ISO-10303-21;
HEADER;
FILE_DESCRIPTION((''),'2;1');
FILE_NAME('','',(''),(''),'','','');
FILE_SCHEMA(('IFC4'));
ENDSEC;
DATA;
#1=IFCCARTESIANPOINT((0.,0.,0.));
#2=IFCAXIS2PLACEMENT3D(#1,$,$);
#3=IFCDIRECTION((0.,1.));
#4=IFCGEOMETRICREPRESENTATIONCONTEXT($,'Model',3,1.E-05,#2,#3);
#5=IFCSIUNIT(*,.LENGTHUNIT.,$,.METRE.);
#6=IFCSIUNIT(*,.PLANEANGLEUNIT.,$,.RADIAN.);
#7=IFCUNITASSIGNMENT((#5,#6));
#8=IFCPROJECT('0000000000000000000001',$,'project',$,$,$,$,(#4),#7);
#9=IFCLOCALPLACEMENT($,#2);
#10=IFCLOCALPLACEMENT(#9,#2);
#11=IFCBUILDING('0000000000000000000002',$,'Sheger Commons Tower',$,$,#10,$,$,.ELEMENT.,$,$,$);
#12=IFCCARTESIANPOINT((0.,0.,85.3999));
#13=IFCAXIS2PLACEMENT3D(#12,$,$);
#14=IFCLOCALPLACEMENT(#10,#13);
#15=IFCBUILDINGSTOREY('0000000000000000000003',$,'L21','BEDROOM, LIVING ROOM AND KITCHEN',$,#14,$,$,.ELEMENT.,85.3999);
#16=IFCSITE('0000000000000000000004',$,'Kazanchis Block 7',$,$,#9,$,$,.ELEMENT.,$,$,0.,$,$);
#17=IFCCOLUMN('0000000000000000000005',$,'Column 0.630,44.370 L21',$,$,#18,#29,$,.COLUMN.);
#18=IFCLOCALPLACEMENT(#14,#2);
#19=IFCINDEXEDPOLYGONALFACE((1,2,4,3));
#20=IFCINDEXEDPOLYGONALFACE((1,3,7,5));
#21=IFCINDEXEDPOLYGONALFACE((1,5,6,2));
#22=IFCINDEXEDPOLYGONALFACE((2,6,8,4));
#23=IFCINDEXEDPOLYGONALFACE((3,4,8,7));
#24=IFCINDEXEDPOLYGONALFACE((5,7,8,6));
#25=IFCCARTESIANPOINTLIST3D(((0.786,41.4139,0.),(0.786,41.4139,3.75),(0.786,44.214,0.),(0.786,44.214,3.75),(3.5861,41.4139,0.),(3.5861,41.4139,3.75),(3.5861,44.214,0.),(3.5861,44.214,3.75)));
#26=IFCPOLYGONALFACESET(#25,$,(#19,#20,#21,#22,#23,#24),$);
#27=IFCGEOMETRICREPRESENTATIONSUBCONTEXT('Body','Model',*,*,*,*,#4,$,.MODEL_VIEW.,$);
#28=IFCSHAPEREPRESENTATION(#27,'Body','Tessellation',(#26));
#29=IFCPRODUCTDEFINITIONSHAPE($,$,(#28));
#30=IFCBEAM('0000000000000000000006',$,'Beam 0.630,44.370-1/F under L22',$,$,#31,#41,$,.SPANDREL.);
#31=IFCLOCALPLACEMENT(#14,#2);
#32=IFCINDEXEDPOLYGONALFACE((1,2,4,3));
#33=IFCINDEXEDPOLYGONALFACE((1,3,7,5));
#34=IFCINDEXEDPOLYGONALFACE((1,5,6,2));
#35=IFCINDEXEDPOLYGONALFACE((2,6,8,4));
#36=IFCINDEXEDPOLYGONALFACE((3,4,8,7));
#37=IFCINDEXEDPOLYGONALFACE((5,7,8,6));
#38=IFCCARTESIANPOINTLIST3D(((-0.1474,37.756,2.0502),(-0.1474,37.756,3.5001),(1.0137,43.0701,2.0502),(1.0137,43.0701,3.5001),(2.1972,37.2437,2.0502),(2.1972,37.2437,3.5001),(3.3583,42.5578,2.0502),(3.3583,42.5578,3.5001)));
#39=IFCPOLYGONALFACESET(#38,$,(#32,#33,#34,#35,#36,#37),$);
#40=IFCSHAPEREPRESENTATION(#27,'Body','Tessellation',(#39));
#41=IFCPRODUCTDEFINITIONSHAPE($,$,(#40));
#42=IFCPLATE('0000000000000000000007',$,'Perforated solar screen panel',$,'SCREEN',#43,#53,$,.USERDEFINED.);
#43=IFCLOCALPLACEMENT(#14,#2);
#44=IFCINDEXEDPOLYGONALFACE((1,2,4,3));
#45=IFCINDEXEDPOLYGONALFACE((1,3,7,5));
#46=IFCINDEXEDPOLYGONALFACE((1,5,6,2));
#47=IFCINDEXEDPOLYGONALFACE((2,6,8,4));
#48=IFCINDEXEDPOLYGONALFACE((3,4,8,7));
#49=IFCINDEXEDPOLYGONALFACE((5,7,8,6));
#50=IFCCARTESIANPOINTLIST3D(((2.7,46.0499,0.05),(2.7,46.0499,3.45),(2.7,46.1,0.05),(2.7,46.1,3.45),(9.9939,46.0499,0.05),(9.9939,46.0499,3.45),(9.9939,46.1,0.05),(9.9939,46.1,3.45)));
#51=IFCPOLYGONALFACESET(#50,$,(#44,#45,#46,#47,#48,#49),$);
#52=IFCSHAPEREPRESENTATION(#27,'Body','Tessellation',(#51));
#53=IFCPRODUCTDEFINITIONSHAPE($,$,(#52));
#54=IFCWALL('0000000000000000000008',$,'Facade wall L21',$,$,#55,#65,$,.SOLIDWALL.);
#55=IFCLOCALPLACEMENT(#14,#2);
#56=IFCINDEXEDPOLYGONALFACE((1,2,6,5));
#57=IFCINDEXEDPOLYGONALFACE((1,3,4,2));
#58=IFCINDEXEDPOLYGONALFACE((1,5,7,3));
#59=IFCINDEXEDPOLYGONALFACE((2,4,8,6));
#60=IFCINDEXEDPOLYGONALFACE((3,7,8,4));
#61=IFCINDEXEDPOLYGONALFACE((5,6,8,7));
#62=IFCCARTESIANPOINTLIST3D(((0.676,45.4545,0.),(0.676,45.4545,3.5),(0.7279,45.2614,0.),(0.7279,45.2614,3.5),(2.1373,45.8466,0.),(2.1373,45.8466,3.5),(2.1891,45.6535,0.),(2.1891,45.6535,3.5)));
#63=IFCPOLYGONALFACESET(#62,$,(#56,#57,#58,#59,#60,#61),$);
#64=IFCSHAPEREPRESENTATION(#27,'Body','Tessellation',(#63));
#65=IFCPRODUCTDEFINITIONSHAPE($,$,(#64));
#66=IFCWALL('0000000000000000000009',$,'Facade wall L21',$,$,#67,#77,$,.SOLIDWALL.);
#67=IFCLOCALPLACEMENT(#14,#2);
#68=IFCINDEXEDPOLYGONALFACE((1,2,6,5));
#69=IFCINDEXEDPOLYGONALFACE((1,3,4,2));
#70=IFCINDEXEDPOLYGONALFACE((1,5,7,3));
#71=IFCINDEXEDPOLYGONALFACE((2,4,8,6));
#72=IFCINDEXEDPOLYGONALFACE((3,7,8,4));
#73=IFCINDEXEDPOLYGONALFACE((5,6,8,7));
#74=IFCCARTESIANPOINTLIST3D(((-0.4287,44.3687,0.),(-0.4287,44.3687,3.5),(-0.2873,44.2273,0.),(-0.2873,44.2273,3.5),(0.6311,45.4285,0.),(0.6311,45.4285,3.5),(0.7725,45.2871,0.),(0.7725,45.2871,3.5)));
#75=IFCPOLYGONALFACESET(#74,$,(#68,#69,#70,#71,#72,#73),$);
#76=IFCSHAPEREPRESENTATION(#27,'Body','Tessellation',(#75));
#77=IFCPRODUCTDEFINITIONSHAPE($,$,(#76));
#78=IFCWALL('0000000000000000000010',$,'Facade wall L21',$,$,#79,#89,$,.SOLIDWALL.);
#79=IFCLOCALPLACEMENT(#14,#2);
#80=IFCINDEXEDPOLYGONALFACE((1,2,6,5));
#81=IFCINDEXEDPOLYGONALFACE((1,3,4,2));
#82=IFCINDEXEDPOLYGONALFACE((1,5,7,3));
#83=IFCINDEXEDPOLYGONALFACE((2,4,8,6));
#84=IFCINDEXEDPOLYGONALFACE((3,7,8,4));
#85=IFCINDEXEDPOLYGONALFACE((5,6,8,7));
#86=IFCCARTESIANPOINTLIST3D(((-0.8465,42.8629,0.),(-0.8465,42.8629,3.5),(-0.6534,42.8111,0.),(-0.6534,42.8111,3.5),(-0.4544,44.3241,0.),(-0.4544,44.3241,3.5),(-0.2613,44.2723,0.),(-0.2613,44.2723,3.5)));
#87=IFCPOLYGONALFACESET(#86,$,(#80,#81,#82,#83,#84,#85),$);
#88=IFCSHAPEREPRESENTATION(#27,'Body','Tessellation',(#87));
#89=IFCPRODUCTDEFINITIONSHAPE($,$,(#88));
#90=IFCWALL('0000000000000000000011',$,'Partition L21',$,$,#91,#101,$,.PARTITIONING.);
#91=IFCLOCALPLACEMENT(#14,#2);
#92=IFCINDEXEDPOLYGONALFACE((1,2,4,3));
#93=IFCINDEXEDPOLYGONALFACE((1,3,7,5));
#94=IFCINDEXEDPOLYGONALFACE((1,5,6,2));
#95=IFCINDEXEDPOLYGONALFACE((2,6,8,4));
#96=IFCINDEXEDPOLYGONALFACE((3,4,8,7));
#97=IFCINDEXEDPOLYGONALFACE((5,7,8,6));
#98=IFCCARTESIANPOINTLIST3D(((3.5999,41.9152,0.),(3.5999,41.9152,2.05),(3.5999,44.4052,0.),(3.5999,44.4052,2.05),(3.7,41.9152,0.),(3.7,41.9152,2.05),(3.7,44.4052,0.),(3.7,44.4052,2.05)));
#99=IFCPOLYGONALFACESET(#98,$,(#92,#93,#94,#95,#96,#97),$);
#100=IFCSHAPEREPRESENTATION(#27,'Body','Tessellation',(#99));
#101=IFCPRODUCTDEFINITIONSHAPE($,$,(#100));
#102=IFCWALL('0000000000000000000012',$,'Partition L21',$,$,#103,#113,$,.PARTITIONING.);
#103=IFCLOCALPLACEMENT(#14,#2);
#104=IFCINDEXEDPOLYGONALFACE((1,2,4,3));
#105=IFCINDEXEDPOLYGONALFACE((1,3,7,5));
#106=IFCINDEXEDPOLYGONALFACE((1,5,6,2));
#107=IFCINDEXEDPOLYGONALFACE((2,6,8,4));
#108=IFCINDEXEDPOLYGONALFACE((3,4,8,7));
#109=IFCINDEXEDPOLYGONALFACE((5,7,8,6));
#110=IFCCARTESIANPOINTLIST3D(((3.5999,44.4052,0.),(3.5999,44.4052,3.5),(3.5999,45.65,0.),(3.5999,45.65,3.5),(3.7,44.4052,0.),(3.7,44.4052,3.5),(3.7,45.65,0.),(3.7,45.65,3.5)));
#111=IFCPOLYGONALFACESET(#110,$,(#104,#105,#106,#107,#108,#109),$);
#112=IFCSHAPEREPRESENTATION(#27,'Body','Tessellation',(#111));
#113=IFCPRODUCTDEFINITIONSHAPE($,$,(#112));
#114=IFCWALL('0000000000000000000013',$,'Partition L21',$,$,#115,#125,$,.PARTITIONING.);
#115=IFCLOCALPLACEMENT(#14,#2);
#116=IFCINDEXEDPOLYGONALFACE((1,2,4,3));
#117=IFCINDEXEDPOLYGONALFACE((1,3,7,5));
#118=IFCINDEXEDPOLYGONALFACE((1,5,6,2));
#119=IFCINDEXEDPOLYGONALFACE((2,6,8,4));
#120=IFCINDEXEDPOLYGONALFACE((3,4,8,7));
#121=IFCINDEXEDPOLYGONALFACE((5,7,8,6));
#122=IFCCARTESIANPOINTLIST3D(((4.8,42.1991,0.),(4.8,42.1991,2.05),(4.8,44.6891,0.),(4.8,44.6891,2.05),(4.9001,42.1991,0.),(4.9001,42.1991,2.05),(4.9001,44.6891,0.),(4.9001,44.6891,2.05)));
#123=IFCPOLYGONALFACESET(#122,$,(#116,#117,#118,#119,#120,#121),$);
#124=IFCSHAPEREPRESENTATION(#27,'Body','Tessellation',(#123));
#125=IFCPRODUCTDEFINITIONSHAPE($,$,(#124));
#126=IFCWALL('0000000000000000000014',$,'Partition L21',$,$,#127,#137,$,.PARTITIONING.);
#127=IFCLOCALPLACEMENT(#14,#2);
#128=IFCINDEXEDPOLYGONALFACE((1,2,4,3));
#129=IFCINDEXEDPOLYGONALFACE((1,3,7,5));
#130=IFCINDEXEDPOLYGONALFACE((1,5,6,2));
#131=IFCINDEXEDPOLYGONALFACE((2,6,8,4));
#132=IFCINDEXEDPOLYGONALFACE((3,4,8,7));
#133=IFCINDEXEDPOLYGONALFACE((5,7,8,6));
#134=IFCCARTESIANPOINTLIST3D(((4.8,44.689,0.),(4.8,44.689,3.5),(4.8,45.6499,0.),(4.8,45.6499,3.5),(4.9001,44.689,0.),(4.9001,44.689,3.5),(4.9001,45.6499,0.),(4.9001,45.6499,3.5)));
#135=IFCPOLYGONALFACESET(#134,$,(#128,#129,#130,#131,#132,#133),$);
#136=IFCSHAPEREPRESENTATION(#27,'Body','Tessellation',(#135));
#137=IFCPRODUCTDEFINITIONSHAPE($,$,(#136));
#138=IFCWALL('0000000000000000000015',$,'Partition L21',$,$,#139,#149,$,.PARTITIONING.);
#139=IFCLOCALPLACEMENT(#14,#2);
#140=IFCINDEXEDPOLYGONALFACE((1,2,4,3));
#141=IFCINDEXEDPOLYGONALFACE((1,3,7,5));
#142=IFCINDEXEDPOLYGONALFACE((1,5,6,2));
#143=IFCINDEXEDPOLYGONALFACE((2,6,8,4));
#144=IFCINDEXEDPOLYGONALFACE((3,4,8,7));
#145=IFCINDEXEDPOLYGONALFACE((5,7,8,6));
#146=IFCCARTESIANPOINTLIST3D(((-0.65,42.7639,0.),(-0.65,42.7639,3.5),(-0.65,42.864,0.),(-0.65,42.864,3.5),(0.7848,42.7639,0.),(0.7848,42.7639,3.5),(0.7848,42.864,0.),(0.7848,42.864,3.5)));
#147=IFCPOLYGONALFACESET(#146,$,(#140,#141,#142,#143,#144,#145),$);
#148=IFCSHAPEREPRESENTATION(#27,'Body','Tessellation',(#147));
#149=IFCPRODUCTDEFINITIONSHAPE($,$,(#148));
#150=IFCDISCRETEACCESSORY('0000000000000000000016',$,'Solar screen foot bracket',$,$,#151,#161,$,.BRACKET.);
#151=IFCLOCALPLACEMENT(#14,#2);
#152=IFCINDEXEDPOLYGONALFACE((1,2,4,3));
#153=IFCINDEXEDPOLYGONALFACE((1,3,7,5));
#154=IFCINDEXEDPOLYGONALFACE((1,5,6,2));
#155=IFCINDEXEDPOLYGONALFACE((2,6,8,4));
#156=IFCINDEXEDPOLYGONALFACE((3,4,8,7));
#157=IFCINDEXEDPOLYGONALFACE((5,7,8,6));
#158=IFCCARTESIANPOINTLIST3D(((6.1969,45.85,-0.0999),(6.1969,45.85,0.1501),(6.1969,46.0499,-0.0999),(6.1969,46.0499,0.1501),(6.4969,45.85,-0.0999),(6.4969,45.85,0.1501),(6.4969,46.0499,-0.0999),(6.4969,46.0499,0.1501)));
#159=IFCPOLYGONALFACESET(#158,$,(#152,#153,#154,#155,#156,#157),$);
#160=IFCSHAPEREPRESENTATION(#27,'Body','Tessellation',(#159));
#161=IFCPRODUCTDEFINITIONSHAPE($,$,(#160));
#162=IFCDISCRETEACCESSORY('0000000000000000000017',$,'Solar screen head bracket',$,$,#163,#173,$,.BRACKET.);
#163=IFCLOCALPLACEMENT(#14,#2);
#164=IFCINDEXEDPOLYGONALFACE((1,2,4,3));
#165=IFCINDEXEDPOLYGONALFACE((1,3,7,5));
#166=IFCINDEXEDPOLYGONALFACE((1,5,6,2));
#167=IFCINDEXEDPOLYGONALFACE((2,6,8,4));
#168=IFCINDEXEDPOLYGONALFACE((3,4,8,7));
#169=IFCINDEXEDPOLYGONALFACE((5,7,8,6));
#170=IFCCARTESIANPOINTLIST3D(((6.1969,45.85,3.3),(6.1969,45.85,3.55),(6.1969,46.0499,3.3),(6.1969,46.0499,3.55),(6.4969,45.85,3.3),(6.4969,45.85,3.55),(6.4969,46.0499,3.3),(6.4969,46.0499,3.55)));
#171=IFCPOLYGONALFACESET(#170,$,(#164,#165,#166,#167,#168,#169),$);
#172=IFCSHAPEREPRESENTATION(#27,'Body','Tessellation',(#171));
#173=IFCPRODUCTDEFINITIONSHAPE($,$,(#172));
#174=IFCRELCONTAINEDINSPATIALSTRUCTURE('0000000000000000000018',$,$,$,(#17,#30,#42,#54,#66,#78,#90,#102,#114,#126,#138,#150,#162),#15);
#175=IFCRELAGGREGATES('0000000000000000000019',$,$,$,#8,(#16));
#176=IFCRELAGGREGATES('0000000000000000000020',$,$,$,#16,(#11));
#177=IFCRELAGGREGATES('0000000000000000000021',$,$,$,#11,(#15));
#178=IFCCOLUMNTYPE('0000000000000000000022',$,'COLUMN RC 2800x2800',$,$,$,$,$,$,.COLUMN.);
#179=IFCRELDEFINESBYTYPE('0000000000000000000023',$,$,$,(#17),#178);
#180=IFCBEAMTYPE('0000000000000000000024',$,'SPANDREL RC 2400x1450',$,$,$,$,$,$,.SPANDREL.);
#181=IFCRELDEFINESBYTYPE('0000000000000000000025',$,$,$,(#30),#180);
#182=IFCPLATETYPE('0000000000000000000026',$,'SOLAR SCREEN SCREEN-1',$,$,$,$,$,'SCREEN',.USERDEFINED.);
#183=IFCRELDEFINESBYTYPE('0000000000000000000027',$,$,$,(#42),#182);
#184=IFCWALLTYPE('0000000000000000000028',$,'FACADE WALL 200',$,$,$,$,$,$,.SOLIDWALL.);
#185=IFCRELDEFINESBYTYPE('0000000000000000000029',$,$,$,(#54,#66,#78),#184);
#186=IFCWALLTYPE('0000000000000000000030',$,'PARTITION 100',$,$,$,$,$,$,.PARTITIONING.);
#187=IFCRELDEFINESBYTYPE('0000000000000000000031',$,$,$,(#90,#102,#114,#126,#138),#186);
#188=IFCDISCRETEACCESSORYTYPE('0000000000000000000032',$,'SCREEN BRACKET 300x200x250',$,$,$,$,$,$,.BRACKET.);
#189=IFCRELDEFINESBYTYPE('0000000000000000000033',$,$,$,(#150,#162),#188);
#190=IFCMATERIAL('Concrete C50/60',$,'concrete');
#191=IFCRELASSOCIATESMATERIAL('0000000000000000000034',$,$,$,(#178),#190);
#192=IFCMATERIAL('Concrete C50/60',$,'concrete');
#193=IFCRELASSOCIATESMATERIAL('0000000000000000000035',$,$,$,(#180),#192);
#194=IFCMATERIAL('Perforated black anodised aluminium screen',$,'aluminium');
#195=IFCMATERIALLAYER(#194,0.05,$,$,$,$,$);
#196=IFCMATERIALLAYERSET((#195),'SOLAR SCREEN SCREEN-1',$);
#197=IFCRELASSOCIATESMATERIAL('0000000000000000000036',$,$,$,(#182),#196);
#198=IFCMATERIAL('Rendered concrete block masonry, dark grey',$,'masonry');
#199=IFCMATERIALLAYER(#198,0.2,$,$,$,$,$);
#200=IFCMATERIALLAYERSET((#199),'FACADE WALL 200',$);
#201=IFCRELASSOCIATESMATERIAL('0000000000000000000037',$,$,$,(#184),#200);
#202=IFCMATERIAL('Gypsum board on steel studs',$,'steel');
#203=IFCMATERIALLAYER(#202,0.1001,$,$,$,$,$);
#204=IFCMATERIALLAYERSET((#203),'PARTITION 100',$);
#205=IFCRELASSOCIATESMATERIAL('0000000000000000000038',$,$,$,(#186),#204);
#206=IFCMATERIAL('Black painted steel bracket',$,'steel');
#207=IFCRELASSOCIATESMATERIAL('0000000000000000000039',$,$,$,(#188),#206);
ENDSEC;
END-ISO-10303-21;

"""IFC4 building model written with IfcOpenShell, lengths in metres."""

from ifc_helpers import new_model, si_unit, direction, frame, frame_2d, origin, origin_2d, place, context, subcontext, project, spatial, rectangle, extrude, material, layer, layer_set, material_profile, profile_set, type_object, element, save


model = new_model("IFC4")

# Units and contexts
model_context = context("Model", 3, precision=1e-05, world=origin(), true_north=direction((0.0, 1.0)))
body_context = subcontext(model_context, "Body", "Model", "MODEL_VIEW")
ifc_project = project(units=[si_unit("LENGTHUNIT", "METRE"), si_unit("PLANEANGLEUNIT", "RADIAN")], contexts=[model_context])

# Site, building, storey
site_placement = place(None, origin())
site = spatial("IfcSite", under=ifc_project, at=site_placement, Name="Kazanchis Block 7", CompositionType="ELEMENT", RefElevation=0.0)
building_placement = place(site_placement, origin())
building = spatial("IfcBuilding", under=site, at=building_placement, Name="Sheger Commons Tower", CompositionType="ELEMENT")
storey_placement = place(building_placement, frame((0.0, 0.0, 85.3999)))
storey = spatial("IfcBuildingStorey", under=building, at=storey_placement, Name="L21", Description="BEDROOM, LIVING ROOM AND KITCHEN", CompositionType="ELEMENT", Elevation=85.3999)

# Column
ifc_material_1 = material(Name="Concrete C50/60", Category="concrete")
ifc_material_profile_1 = material_profile(ifc_material_1, rectangle(XDim=2.8, YDim=2.8, at=origin_2d()), Name="RC 2800x2800")
ifc_profile_set_1 = profile_set([ifc_material_profile_1], Name="Concrete C50/60")
column_type = type_object("IfcColumnType", Name="COLUMN RC 2800x2800", PredefinedType="COLUMN", material=ifc_profile_set_1)
column_placement = place(storey_placement, frame((2.186, 42.814, 0.0), z_axis=(0.0, 0.0, 1.0), x_axis=(1.0, 0.0, 0.0)))
element("IfcColumn", 1, at=column_placement, inside=storey, type_object=column_type, Name="Column 0.630,44.370 L21", PredefinedType="COLUMN", context=body_context, shape_type="SweptSolid", body=[
    extrude(rectangle(XDim=2.8, YDim=2.8, at=origin_2d()), origin(), (0.0, 0.0, 1.0), 3.75),
])

# Beam
ifc_material_2 = material(Name="Concrete C50/60", Category="concrete")
ifc_material_profile_2 = material_profile(ifc_material_2, rectangle(XDim=2.3999, YDim=1.45, at=origin_2d()), Name="RC 2400x1450")
ifc_profile_set_2 = profile_set([ifc_material_profile_2], Name="Concrete C50/60")
beam_type = type_object("IfcBeamType", Name="SPANDREL RC 2400x1450", PredefinedType="SPANDREL", material=ifc_profile_set_2)
beam_placement = place(storey_placement, frame((2.186, 42.814, 2.7751), z_axis=(-0.213469, -0.97695, 0.0), x_axis=(0.97695, -0.213469, 0.0)))
element("IfcBeam", 2, at=beam_placement, inside=storey, type_object=beam_type, Name="Beam 0.630,44.370-1/F under L22", PredefinedType="SPANDREL", context=body_context, shape_type="SweptSolid", body=[
    extrude(rectangle(XDim=2.3999, YDim=1.45, at=origin_2d()), origin(), (0.0, 0.0, 1.0), 5.4395),
])

# Plate
ifc_material_3 = material(Name="Perforated black anodised aluminium screen", Category="aluminium")
ifc_layer_1 = layer(ifc_material_3, 0.05)
ifc_layer_set_1 = layer_set([ifc_layer_1], Name="SOLAR SCREEN SCREEN-1")
plate_type = type_object("IfcPlateType", Name="SOLAR SCREEN SCREEN-1", ElementType="SCREEN", PredefinedType="USERDEFINED", material=ifc_layer_set_1)
plate_placement = place(storey_placement, frame((6.3469, 46.075, 0.05), z_axis=(0.0, 0.0, 1.0), x_axis=(-1.0, 0.0, 0.0)))
element("IfcPlate", 3, at=plate_placement, inside=storey, type_object=plate_type, Name="Perforated solar screen panel", ObjectType="SCREEN", PredefinedType="USERDEFINED", context=body_context, shape_type="SweptSolid", body=[
    extrude(rectangle(XDim=7.2939, YDim=0.05, at=origin_2d()), origin(), (0.0, 0.0, 1.0), 3.3999),
])

# Walls
ifc_material_4 = material(Name="Rendered concrete block masonry, dark grey", Category="masonry")
ifc_layer_2 = layer(ifc_material_4, 0.2)
ifc_layer_set_2 = layer_set([ifc_layer_2], Name="FACADE WALL 200")
wall_type_1 = type_object("IfcWallType", Name="FACADE WALL 200", PredefinedType="SOLIDWALL", material=ifc_layer_set_2)
wall_1_placement = place(storey_placement, frame((2.1631, 45.75, 0.0), z_axis=(0.0, 0.0, 1.0), x_axis=(-0.965832, -0.259169, 0.0)))
element("IfcWall", 4, at=wall_1_placement, inside=storey, type_object=wall_type_1, Name="Facade wall L21", PredefinedType="SOLIDWALL", context=body_context, shape_type="SweptSolid", body=[
    extrude(rectangle(XDim=1.5129, YDim=0.2, at=frame_2d((0.7563, 0.0))), origin(), (0.0, 0.0, 1.0), 3.5),
])
wall_2_placement = place(storey_placement, frame((0.7019, 45.3579, 0.0), z_axis=(0.0, 0.0, 1.0), x_axis=(-0.707107, -0.707107, 0.0)))
element("IfcWall", 5, at=wall_2_placement, inside=storey, type_object=wall_type_1, Name="Facade wall L21", PredefinedType="SOLIDWALL", context=body_context, shape_type="SweptSolid", body=[
    extrude(rectangle(XDim=1.4988, YDim=0.2, at=frame_2d((0.7495, 0.0))), origin(), (0.0, 0.0, 1.0), 3.5),
])
wall_3_placement = place(storey_placement, frame((-0.3579, 44.2981, 0.0), z_axis=(0.0, 0.0, 1.0), x_axis=(-0.259169, -0.965832, 0.0)))
element("IfcWall", 6, at=wall_3_placement, inside=storey, type_object=wall_type_1, Name="Facade wall L21", PredefinedType="SOLIDWALL", context=body_context, shape_type="SweptSolid", body=[
    extrude(rectangle(XDim=1.5129, YDim=0.2, at=frame_2d((0.7563, 0.0))), origin(), (0.0, 0.0, 1.0), 3.5),
])

# Walls
ifc_material_5 = material(Name="Gypsum board on steel studs", Category="steel")
ifc_layer_3 = layer(ifc_material_5, 0.1001)
ifc_layer_set_3 = layer_set([ifc_layer_3], Name="PARTITION 100")
wall_type_2 = type_object("IfcWallType", Name="PARTITION 100", PredefinedType="PARTITIONING", material=ifc_layer_set_3)
wall_4_placement = place(storey_placement, frame((3.6499, 41.915, 0.0), z_axis=(0.0, 0.0, 1.0), x_axis=(0.0, 1.0, 0.0)))
element("IfcWall", 7, at=wall_4_placement, inside=storey, type_object=wall_type_2, Name="Partition L21", PredefinedType="PARTITIONING", context=body_context, shape_type="SweptSolid", body=[
    extrude(rectangle(XDim=2.49, YDim=0.1001, at=frame_2d((1.2451, 0.0))), origin(), (0.0, 0.0, 1.0), 2.05),
])
wall_5_placement = place(storey_placement, frame((3.6499, 44.405, 0.0), z_axis=(0.0, 0.0, 1.0), x_axis=(0.0, 1.0, 0.0)))
element("IfcWall", 8, at=wall_5_placement, inside=storey, type_object=wall_type_2, Name="Partition L21", PredefinedType="PARTITIONING", context=body_context, shape_type="SweptSolid", body=[
    extrude(rectangle(XDim=1.2449, YDim=0.1001, at=frame_2d((0.6226, 0.0))), origin(), (0.0, 0.0, 1.0), 3.5),
])
wall_6_placement = place(storey_placement, frame((4.8501, 42.199, 0.0), z_axis=(0.0, 0.0, 1.0), x_axis=(0.0, 1.0, 0.0)))
element("IfcWall", 9, at=wall_6_placement, inside=storey, type_object=wall_type_2, Name="Partition L21", PredefinedType="PARTITIONING", context=body_context, shape_type="SweptSolid", body=[
    extrude(rectangle(XDim=2.49, YDim=0.1001, at=frame_2d((1.2451, 0.0))), origin(), (0.0, 0.0, 1.0), 2.05),
])
wall_7_placement = place(storey_placement, frame((4.8501, 44.689, 0.0), z_axis=(0.0, 0.0, 1.0), x_axis=(0.0, 1.0, 0.0)))
element("IfcWall", 10, at=wall_7_placement, inside=storey, type_object=wall_type_2, Name="Partition L21", PredefinedType="PARTITIONING", context=body_context, shape_type="SweptSolid", body=[
    extrude(rectangle(XDim=0.9609, YDim=0.1001, at=frame_2d((0.4805, 0.0))), origin(), (0.0, 0.0, 1.0), 3.5),
])
wall_8_placement = place(storey_placement, frame((-0.6499, 42.814, 0.0), z_axis=(0.0, 0.0, 1.0), x_axis=(1.0, 0.0, 0.0)))
element("IfcWall", 11, at=wall_8_placement, inside=storey, type_object=wall_type_2, Name="Partition L21", PredefinedType="PARTITIONING", context=body_context, shape_type="SweptSolid", body=[
    extrude(rectangle(XDim=1.4348, YDim=0.1001, at=frame_2d((0.7173, 0.0))), origin(), (0.0, 0.0, 1.0), 3.5),
])

# Discrete accessories
ifc_material_6 = material(Name="Black painted steel bracket", Category="steel")
discrete_accessory_type = type_object("IfcDiscreteAccessoryType", Name="SCREEN BRACKET 300x200x250", PredefinedType="BRACKET", material=ifc_material_6)
for number, where, z_axis, x_axis, name in (
    (12, (6.3469, 45.95, -0.0999), (0.0, 0.0, 1.0), (-1.0, 0.0, 0.0), "Solar screen foot bracket"),
    (13, (6.3469, 45.95, 3.3), (0.0, 0.0, 1.0), (-1.0, 0.0, 0.0), "Solar screen head bracket"),
):
    element("IfcDiscreteAccessory", number, at=place(storey_placement, frame(where, z_axis=z_axis, x_axis=x_axis)), inside=storey, type_object=discrete_accessory_type, Name=name, PredefinedType="BRACKET", context=body_context, shape_type="SweptSolid", body=[
        extrude(rectangle(XDim=0.3, YDim=0.2, at=origin_2d()), origin(), (0.0, 0.0, 1.0), 0.25),
    ])

save(model, "model.ifc")
